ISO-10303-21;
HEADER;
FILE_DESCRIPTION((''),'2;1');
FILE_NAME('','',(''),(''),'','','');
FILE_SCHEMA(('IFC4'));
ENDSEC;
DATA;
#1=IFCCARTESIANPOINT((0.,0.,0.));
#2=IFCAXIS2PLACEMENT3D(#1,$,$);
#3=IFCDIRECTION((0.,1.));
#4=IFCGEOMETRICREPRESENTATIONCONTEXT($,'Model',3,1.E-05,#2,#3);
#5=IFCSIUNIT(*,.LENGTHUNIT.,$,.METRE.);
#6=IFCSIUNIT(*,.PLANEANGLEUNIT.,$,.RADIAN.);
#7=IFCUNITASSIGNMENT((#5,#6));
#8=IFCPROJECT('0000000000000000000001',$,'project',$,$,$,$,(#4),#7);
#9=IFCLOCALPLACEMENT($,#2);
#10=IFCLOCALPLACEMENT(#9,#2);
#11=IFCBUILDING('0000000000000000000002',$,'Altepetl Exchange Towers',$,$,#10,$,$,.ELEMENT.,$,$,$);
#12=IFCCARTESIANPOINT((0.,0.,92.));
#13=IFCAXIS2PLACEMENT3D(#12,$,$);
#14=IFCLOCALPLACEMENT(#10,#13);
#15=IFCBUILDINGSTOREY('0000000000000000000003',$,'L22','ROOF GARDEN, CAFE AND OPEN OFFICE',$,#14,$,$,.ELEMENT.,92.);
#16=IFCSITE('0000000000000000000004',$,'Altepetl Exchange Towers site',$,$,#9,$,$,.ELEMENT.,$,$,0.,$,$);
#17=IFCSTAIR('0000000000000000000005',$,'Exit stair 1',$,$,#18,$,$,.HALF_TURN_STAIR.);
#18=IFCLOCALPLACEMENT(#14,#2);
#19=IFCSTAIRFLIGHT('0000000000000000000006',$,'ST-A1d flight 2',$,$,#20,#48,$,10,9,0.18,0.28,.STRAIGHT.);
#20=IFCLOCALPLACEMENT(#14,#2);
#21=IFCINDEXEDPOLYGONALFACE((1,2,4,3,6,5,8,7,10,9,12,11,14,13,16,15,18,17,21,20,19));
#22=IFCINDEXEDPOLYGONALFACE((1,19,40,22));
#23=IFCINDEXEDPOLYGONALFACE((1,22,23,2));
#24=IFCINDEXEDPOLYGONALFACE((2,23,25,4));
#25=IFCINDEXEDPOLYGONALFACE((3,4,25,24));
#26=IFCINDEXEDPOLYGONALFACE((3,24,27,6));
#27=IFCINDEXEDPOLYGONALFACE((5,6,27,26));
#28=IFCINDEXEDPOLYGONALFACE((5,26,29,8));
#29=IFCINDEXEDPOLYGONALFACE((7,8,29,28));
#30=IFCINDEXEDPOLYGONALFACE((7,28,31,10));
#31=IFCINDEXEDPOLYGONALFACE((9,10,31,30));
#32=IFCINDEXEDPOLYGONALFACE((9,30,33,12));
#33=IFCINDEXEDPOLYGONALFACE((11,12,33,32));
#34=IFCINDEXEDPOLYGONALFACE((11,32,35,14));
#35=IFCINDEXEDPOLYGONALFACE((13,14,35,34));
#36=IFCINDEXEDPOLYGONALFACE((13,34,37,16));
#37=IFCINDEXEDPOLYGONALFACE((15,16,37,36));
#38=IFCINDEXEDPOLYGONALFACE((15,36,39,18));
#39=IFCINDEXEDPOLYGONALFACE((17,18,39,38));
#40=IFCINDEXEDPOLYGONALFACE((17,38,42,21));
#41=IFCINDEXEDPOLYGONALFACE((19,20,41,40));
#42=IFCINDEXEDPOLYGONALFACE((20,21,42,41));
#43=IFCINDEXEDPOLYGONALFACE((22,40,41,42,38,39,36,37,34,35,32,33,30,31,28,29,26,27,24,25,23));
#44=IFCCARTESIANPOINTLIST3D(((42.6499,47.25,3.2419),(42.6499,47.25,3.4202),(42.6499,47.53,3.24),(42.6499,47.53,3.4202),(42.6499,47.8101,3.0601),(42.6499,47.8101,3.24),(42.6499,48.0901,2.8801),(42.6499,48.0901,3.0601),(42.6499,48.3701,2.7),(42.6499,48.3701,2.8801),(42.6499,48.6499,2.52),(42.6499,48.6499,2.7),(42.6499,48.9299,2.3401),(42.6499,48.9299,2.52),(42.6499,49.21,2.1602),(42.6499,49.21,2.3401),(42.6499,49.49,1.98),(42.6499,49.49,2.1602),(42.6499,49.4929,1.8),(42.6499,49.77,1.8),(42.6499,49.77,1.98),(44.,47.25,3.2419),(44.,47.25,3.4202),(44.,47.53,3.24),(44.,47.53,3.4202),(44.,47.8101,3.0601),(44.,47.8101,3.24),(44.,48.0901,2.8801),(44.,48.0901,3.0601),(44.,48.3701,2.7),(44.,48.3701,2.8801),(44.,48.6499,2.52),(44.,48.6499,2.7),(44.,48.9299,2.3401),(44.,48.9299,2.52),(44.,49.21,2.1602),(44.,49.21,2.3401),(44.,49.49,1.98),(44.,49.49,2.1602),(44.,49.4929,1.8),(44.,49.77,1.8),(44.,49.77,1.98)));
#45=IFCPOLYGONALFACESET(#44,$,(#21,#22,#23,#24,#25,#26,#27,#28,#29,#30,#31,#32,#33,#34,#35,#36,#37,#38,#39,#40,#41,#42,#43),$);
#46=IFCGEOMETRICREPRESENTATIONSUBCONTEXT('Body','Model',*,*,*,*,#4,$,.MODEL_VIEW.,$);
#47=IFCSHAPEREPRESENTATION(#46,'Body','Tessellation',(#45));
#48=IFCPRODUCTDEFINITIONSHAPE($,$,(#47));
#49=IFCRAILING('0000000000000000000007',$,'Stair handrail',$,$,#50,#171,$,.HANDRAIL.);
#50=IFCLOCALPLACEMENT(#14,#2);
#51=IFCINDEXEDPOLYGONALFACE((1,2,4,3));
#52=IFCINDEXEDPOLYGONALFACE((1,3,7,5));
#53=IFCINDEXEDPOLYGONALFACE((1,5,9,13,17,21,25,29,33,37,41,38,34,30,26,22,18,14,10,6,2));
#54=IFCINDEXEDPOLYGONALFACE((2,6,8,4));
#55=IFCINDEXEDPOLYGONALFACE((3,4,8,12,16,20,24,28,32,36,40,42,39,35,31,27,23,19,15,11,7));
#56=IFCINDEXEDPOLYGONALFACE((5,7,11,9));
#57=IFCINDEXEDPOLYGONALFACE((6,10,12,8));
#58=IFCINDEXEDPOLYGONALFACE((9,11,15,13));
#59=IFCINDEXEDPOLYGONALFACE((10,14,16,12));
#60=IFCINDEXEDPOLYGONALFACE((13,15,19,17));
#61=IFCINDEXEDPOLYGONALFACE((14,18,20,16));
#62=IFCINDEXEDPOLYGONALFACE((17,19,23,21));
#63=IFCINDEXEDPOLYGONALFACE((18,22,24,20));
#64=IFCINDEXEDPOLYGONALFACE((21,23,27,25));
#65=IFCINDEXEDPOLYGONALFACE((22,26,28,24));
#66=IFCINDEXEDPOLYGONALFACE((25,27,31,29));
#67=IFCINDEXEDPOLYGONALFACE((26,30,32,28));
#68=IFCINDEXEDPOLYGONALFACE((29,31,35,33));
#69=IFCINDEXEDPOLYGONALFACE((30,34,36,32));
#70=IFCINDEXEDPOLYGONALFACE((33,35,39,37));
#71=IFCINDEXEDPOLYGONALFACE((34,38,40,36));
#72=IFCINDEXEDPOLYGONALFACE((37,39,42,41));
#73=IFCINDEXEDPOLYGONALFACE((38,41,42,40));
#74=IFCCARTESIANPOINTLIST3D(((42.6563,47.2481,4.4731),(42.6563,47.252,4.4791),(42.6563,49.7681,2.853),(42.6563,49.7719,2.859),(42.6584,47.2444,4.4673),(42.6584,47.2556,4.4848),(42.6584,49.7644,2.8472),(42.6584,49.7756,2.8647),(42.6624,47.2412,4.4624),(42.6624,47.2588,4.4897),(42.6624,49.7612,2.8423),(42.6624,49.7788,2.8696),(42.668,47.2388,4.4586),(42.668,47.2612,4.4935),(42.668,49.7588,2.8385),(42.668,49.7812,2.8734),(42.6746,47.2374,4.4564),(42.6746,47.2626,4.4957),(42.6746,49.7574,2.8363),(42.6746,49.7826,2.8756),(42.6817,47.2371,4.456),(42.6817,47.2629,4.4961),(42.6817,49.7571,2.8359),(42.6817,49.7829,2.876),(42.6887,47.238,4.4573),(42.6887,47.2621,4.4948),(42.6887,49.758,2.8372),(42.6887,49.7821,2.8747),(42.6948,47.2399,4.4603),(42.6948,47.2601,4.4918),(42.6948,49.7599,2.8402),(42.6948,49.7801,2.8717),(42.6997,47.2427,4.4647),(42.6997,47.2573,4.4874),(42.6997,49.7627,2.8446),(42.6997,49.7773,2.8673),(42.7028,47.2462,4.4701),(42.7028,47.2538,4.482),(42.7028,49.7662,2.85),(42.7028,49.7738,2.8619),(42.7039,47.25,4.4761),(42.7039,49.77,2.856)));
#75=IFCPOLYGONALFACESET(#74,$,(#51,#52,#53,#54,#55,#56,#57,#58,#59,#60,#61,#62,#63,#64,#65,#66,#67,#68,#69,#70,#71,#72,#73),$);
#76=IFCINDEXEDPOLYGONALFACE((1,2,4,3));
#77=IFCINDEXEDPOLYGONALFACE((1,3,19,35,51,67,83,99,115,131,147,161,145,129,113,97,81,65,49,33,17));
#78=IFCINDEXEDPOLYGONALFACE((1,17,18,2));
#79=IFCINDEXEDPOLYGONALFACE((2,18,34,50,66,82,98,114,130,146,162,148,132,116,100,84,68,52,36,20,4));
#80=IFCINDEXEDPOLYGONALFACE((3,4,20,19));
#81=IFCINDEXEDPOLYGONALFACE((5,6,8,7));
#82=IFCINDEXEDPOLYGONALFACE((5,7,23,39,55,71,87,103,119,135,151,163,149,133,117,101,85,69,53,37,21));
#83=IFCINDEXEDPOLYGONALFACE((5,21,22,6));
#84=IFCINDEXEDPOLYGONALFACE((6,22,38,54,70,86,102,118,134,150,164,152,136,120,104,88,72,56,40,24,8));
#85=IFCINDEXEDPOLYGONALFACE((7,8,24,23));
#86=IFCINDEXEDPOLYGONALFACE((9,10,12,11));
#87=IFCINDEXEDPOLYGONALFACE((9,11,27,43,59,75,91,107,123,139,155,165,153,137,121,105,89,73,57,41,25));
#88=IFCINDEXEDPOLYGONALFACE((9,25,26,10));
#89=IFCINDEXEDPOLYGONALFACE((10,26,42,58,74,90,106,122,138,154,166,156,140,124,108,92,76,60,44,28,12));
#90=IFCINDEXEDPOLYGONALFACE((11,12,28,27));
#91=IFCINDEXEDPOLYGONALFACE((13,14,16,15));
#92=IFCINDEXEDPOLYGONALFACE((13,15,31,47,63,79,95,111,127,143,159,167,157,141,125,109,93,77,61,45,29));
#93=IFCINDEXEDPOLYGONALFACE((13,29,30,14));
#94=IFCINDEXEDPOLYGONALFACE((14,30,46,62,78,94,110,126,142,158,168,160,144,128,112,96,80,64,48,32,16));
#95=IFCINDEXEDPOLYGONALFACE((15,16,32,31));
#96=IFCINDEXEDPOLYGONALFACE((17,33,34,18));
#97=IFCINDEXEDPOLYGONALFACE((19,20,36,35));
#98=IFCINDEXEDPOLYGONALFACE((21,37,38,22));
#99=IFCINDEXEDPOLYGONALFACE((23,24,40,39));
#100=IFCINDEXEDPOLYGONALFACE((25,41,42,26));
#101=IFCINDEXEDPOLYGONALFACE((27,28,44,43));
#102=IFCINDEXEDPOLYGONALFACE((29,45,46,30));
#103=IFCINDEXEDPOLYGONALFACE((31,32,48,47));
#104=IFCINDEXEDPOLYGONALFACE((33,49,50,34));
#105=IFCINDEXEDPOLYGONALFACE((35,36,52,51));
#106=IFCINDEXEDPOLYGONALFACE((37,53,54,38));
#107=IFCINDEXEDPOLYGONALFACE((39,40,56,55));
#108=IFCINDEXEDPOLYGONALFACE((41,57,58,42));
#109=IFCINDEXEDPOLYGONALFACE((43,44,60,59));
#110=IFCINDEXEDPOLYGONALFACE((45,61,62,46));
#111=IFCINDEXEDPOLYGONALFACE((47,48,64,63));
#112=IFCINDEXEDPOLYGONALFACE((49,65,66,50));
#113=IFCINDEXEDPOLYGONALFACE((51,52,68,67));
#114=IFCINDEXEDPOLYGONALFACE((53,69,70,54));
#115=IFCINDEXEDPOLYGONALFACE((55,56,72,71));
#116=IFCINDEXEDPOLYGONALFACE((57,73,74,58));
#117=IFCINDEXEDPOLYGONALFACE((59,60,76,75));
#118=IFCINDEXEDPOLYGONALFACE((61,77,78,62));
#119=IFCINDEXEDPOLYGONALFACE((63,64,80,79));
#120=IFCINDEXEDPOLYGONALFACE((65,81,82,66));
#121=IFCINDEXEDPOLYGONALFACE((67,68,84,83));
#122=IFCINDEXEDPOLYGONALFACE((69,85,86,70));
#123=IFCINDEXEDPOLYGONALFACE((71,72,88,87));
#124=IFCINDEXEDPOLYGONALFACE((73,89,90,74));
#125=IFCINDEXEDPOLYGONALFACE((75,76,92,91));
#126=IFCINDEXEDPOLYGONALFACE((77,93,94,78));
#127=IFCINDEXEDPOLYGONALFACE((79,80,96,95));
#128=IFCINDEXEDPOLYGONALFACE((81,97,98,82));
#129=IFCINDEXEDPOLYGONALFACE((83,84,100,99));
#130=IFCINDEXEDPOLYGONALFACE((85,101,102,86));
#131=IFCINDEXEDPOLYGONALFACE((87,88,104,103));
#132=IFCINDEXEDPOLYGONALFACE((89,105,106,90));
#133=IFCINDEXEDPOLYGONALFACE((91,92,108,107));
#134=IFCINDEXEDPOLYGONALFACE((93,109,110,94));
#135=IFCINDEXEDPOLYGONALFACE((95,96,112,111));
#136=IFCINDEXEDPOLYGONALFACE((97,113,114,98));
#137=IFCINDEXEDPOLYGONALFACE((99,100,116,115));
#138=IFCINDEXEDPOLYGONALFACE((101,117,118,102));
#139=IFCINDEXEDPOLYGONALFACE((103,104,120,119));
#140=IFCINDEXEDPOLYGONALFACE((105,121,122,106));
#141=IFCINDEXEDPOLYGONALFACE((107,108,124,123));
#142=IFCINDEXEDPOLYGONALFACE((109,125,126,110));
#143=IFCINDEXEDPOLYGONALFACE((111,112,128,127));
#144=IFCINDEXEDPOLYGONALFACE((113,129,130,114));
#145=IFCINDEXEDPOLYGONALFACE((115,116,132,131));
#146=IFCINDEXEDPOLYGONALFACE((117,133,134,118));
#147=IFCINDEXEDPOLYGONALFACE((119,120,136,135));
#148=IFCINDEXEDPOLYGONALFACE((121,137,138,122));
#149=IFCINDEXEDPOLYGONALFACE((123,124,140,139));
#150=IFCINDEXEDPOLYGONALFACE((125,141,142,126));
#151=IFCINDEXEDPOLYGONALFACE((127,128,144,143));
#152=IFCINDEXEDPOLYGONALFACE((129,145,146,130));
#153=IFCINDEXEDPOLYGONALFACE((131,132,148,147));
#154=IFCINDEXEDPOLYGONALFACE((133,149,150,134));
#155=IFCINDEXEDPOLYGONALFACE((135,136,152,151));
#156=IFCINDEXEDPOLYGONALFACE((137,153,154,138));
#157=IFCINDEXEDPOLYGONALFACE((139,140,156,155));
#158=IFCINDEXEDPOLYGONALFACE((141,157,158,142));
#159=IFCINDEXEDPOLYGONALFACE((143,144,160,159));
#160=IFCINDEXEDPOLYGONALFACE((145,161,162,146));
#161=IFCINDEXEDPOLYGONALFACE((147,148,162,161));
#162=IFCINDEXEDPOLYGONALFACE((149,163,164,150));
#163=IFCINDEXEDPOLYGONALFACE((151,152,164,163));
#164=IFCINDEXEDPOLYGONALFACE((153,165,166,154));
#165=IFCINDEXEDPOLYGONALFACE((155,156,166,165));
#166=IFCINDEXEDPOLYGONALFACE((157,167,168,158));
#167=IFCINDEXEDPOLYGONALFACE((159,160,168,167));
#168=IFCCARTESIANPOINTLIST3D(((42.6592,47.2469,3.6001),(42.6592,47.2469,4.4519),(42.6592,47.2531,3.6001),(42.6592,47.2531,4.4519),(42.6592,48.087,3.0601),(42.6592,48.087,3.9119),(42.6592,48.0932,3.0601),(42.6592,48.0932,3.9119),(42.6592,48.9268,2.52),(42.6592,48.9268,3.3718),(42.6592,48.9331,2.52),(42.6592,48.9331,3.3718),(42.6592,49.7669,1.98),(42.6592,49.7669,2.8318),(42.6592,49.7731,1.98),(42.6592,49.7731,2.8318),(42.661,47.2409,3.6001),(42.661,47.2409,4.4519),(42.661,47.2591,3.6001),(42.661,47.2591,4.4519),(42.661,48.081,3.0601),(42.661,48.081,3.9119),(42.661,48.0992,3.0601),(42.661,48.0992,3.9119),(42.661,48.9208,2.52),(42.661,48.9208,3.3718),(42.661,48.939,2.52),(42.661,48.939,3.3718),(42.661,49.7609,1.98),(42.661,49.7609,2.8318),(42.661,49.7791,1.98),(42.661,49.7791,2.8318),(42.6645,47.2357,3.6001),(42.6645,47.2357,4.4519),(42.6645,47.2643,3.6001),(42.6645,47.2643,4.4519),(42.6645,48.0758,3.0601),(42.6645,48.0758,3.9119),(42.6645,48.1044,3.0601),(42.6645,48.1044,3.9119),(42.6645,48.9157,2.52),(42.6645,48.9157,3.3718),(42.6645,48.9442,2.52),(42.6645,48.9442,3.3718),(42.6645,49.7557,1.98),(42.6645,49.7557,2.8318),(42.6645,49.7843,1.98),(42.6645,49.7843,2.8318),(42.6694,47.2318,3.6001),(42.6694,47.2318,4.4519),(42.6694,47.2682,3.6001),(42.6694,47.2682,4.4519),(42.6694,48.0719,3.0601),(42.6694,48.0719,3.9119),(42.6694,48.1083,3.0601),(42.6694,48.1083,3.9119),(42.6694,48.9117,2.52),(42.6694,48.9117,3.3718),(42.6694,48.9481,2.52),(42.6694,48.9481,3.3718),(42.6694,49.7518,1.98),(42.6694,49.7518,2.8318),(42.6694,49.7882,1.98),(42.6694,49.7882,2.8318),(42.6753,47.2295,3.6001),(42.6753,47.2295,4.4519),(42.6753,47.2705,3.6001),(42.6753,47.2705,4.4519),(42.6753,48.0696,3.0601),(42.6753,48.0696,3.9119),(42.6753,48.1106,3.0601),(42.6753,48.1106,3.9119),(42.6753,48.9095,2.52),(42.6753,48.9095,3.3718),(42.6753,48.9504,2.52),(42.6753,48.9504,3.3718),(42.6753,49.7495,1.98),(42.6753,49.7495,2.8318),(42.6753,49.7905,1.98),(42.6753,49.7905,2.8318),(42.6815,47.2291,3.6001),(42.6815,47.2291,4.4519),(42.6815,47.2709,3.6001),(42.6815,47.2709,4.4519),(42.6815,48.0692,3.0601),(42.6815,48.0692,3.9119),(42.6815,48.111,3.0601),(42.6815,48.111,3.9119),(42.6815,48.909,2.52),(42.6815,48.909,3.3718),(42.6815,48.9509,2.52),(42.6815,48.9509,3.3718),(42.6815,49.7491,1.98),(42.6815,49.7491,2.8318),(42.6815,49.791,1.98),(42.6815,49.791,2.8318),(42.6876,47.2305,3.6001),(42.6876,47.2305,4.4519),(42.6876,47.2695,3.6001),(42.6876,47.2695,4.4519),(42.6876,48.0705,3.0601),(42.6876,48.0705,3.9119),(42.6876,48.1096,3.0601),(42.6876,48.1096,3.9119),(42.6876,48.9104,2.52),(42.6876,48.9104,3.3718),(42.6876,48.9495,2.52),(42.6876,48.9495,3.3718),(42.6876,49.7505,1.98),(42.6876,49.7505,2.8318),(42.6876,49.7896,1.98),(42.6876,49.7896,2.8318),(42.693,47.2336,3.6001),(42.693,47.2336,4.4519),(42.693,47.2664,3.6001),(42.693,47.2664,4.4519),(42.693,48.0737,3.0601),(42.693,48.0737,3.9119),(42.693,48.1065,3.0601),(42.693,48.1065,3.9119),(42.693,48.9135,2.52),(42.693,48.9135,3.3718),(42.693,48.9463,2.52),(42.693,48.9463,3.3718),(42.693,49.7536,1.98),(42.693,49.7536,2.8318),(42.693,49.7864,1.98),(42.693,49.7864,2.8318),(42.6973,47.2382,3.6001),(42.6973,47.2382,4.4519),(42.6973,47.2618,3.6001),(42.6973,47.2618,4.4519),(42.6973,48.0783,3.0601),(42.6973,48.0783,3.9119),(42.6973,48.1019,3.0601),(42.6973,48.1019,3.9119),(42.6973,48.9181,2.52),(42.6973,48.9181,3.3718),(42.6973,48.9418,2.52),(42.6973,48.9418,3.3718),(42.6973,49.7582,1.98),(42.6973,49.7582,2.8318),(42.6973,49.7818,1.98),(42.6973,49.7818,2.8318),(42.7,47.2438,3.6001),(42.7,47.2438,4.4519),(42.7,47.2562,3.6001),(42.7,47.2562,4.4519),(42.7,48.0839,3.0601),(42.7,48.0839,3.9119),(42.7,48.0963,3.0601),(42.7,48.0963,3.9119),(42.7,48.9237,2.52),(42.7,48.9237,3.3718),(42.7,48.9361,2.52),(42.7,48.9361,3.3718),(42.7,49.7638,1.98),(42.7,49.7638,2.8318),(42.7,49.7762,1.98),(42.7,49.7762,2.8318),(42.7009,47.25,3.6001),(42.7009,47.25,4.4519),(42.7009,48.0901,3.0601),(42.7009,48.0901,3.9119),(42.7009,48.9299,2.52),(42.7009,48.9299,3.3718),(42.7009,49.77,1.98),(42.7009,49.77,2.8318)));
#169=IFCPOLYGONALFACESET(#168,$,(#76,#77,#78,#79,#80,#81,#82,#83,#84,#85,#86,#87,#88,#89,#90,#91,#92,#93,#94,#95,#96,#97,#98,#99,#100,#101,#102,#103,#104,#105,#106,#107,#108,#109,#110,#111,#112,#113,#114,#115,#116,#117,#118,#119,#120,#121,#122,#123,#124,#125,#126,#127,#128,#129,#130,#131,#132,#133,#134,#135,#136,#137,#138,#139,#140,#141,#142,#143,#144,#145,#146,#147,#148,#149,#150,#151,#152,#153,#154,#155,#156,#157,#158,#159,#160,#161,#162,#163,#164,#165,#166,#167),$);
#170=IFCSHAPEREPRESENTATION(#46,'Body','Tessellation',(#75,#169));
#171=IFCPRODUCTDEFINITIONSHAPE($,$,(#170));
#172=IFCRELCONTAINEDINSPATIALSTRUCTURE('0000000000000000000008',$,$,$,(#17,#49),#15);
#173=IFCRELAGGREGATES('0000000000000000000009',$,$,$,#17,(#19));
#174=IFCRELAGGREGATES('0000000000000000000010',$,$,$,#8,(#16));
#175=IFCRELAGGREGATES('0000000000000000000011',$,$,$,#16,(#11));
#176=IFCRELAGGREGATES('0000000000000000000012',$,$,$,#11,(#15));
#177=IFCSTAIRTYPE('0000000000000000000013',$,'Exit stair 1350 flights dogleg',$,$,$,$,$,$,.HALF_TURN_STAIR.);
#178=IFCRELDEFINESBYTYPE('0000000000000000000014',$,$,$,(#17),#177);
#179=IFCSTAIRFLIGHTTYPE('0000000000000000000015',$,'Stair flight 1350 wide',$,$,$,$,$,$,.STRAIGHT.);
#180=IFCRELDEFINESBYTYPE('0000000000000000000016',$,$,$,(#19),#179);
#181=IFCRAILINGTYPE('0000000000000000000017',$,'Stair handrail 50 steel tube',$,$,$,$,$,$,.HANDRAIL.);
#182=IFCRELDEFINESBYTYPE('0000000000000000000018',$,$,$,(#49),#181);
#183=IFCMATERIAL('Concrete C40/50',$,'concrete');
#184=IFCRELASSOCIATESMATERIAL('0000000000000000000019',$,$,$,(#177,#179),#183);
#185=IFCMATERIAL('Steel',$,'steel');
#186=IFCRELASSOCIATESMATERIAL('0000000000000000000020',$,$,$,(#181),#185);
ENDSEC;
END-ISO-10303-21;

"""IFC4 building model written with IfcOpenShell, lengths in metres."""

from ifc_helpers import new_model, si_unit, direction, frame, origin, origin_2d, place, context, subcontext, project, spatial, polyline, circle, outline, extrude, source, transform, mapped, material, type_object, element, aggregate, save


model = new_model("IFC4")

# Units and contexts
model_context = context("Model", 3, precision=1e-05, world=origin(), true_north=direction((0.0, 1.0)))
body_context = subcontext(model_context, "Body", "Model", "MODEL_VIEW")
ifc_project = project(units=[si_unit("LENGTHUNIT", "METRE"), si_unit("PLANEANGLEUNIT", "RADIAN")], contexts=[model_context])

# Site, building, storey
site_placement = place(None, origin())
site = spatial("IfcSite", under=ifc_project, at=site_placement, Name="Altepetl Exchange Towers site", CompositionType="ELEMENT", RefElevation=0.0)
building_placement = place(site_placement, origin())
building = spatial("IfcBuilding", under=site, at=building_placement, Name="Altepetl Exchange Towers", CompositionType="ELEMENT")
storey_placement = place(building_placement, frame((0.0, 0.0, 92.0)))
storey = spatial("IfcBuildingStorey", under=building, at=storey_placement, Name="L22", Description="ROOF GARDEN, CAFE AND OPEN OFFICE", CompositionType="ELEMENT", Elevation=92.0)

# Shared definitions
ifc_material_1 = material(Name="Concrete C40/50", Category="concrete")

# Stair, stair flight
stair_type = type_object("IfcStairType", Name="Exit stair 1350 flights dogleg", PredefinedType="HALF_TURN_STAIR", material=ifc_material_1)
stair_placement = place(storey_placement, origin())
stair = element("IfcStair", 1, at=stair_placement, inside=storey, type_object=stair_type, Name="Exit stair 1", PredefinedType="HALF_TURN_STAIR")
stair_flight_type = type_object("IfcStairFlightType", Name="Stair flight 1350 wide", PredefinedType="STRAIGHT", material=ifc_material_1)
stair_flight_placement = place(storey_placement, frame((43.325, 49.77, 1.8), z_axis=(0.0, 0.0, 1.0), x_axis=(0.0, -1.0, 0.0)))
stair_flight = element("IfcStairFlight", 2, at=stair_flight_placement, type_object=stair_flight_type, Name="ST-A1d flight 2", NumberOfRisers=10, NumberOfTreads=9, PredefinedType="STRAIGHT", RiserHeight=0.18, TreadLength=0.28, context=body_context, shape_type="SweptSolid", body=[
    extrude(outline(polyline([(0.0, 0.0), (0.0, 0.1799), (0.28, 0.1799), (0.28, 0.3601), (0.5601, 0.3601), (0.5601, 0.54), (0.8401, 0.54), (0.8401, 0.72), (1.1201, 0.72), (1.1201, 0.8999), (1.3999, 0.8999), (1.3999, 1.0801), (1.6799, 1.0801), (1.6799, 1.26), (1.96, 1.26), (1.96, 1.4399), (2.24, 1.4399), (2.24, 1.6201), (2.52, 1.6201), (2.52, 1.8), (2.52, 1.4419), (0.2771, 0.0), (0.0, 0.0)])), frame((0.0, 0.675, 0.0), z_axis=(0.0, -1.0, 0.0), x_axis=(1.0, 0.0, 0.0)), (0.0, 0.0, 1.0), 1.3501),
])
aggregate(stair, [stair_flight])

# Railing
ifc_material_2 = material(Name="Steel", Category="steel")
railing_type = type_object("IfcRailingType", Name="Stair handrail 50 steel tube", PredefinedType="HANDRAIL", material=ifc_material_2)
shared_shape = source(origin(), body_context, "Body", "SweptSolid", [
    extrude(circle(Radius=0.021, at=origin_2d()), origin(), (0.0, 0.0, 1.0), 0.8518),
])
railing_placement = place(storey_placement, frame((42.6799, 49.77, 1.98)))
element("IfcRailing", 3, at=railing_placement, inside=storey, type_object=railing_type, Name="Stair handrail", PredefinedType="HANDRAIL", context=body_context, shape_type="SweptSolid", body=[
    extrude(circle(Radius=0.0239, at=origin_2d()), frame((0.0, 0.0, 0.876), z_axis=(0.0, -0.841163, 0.540782), x_axis=(1.0, 0.0, 0.0)), (0.0, 0.0, 1.0), 2.9958),
    mapped(shared_shape, transform((0.0, 0.0, 0.0))),
    mapped(shared_shape, transform((0.0, -0.8401, 0.54))),
    mapped(shared_shape, transform((0.0, -1.6799, 1.0801))),
    mapped(shared_shape, transform((0.0, -2.52, 1.6201))),
])

save(model, "model.ifc")
